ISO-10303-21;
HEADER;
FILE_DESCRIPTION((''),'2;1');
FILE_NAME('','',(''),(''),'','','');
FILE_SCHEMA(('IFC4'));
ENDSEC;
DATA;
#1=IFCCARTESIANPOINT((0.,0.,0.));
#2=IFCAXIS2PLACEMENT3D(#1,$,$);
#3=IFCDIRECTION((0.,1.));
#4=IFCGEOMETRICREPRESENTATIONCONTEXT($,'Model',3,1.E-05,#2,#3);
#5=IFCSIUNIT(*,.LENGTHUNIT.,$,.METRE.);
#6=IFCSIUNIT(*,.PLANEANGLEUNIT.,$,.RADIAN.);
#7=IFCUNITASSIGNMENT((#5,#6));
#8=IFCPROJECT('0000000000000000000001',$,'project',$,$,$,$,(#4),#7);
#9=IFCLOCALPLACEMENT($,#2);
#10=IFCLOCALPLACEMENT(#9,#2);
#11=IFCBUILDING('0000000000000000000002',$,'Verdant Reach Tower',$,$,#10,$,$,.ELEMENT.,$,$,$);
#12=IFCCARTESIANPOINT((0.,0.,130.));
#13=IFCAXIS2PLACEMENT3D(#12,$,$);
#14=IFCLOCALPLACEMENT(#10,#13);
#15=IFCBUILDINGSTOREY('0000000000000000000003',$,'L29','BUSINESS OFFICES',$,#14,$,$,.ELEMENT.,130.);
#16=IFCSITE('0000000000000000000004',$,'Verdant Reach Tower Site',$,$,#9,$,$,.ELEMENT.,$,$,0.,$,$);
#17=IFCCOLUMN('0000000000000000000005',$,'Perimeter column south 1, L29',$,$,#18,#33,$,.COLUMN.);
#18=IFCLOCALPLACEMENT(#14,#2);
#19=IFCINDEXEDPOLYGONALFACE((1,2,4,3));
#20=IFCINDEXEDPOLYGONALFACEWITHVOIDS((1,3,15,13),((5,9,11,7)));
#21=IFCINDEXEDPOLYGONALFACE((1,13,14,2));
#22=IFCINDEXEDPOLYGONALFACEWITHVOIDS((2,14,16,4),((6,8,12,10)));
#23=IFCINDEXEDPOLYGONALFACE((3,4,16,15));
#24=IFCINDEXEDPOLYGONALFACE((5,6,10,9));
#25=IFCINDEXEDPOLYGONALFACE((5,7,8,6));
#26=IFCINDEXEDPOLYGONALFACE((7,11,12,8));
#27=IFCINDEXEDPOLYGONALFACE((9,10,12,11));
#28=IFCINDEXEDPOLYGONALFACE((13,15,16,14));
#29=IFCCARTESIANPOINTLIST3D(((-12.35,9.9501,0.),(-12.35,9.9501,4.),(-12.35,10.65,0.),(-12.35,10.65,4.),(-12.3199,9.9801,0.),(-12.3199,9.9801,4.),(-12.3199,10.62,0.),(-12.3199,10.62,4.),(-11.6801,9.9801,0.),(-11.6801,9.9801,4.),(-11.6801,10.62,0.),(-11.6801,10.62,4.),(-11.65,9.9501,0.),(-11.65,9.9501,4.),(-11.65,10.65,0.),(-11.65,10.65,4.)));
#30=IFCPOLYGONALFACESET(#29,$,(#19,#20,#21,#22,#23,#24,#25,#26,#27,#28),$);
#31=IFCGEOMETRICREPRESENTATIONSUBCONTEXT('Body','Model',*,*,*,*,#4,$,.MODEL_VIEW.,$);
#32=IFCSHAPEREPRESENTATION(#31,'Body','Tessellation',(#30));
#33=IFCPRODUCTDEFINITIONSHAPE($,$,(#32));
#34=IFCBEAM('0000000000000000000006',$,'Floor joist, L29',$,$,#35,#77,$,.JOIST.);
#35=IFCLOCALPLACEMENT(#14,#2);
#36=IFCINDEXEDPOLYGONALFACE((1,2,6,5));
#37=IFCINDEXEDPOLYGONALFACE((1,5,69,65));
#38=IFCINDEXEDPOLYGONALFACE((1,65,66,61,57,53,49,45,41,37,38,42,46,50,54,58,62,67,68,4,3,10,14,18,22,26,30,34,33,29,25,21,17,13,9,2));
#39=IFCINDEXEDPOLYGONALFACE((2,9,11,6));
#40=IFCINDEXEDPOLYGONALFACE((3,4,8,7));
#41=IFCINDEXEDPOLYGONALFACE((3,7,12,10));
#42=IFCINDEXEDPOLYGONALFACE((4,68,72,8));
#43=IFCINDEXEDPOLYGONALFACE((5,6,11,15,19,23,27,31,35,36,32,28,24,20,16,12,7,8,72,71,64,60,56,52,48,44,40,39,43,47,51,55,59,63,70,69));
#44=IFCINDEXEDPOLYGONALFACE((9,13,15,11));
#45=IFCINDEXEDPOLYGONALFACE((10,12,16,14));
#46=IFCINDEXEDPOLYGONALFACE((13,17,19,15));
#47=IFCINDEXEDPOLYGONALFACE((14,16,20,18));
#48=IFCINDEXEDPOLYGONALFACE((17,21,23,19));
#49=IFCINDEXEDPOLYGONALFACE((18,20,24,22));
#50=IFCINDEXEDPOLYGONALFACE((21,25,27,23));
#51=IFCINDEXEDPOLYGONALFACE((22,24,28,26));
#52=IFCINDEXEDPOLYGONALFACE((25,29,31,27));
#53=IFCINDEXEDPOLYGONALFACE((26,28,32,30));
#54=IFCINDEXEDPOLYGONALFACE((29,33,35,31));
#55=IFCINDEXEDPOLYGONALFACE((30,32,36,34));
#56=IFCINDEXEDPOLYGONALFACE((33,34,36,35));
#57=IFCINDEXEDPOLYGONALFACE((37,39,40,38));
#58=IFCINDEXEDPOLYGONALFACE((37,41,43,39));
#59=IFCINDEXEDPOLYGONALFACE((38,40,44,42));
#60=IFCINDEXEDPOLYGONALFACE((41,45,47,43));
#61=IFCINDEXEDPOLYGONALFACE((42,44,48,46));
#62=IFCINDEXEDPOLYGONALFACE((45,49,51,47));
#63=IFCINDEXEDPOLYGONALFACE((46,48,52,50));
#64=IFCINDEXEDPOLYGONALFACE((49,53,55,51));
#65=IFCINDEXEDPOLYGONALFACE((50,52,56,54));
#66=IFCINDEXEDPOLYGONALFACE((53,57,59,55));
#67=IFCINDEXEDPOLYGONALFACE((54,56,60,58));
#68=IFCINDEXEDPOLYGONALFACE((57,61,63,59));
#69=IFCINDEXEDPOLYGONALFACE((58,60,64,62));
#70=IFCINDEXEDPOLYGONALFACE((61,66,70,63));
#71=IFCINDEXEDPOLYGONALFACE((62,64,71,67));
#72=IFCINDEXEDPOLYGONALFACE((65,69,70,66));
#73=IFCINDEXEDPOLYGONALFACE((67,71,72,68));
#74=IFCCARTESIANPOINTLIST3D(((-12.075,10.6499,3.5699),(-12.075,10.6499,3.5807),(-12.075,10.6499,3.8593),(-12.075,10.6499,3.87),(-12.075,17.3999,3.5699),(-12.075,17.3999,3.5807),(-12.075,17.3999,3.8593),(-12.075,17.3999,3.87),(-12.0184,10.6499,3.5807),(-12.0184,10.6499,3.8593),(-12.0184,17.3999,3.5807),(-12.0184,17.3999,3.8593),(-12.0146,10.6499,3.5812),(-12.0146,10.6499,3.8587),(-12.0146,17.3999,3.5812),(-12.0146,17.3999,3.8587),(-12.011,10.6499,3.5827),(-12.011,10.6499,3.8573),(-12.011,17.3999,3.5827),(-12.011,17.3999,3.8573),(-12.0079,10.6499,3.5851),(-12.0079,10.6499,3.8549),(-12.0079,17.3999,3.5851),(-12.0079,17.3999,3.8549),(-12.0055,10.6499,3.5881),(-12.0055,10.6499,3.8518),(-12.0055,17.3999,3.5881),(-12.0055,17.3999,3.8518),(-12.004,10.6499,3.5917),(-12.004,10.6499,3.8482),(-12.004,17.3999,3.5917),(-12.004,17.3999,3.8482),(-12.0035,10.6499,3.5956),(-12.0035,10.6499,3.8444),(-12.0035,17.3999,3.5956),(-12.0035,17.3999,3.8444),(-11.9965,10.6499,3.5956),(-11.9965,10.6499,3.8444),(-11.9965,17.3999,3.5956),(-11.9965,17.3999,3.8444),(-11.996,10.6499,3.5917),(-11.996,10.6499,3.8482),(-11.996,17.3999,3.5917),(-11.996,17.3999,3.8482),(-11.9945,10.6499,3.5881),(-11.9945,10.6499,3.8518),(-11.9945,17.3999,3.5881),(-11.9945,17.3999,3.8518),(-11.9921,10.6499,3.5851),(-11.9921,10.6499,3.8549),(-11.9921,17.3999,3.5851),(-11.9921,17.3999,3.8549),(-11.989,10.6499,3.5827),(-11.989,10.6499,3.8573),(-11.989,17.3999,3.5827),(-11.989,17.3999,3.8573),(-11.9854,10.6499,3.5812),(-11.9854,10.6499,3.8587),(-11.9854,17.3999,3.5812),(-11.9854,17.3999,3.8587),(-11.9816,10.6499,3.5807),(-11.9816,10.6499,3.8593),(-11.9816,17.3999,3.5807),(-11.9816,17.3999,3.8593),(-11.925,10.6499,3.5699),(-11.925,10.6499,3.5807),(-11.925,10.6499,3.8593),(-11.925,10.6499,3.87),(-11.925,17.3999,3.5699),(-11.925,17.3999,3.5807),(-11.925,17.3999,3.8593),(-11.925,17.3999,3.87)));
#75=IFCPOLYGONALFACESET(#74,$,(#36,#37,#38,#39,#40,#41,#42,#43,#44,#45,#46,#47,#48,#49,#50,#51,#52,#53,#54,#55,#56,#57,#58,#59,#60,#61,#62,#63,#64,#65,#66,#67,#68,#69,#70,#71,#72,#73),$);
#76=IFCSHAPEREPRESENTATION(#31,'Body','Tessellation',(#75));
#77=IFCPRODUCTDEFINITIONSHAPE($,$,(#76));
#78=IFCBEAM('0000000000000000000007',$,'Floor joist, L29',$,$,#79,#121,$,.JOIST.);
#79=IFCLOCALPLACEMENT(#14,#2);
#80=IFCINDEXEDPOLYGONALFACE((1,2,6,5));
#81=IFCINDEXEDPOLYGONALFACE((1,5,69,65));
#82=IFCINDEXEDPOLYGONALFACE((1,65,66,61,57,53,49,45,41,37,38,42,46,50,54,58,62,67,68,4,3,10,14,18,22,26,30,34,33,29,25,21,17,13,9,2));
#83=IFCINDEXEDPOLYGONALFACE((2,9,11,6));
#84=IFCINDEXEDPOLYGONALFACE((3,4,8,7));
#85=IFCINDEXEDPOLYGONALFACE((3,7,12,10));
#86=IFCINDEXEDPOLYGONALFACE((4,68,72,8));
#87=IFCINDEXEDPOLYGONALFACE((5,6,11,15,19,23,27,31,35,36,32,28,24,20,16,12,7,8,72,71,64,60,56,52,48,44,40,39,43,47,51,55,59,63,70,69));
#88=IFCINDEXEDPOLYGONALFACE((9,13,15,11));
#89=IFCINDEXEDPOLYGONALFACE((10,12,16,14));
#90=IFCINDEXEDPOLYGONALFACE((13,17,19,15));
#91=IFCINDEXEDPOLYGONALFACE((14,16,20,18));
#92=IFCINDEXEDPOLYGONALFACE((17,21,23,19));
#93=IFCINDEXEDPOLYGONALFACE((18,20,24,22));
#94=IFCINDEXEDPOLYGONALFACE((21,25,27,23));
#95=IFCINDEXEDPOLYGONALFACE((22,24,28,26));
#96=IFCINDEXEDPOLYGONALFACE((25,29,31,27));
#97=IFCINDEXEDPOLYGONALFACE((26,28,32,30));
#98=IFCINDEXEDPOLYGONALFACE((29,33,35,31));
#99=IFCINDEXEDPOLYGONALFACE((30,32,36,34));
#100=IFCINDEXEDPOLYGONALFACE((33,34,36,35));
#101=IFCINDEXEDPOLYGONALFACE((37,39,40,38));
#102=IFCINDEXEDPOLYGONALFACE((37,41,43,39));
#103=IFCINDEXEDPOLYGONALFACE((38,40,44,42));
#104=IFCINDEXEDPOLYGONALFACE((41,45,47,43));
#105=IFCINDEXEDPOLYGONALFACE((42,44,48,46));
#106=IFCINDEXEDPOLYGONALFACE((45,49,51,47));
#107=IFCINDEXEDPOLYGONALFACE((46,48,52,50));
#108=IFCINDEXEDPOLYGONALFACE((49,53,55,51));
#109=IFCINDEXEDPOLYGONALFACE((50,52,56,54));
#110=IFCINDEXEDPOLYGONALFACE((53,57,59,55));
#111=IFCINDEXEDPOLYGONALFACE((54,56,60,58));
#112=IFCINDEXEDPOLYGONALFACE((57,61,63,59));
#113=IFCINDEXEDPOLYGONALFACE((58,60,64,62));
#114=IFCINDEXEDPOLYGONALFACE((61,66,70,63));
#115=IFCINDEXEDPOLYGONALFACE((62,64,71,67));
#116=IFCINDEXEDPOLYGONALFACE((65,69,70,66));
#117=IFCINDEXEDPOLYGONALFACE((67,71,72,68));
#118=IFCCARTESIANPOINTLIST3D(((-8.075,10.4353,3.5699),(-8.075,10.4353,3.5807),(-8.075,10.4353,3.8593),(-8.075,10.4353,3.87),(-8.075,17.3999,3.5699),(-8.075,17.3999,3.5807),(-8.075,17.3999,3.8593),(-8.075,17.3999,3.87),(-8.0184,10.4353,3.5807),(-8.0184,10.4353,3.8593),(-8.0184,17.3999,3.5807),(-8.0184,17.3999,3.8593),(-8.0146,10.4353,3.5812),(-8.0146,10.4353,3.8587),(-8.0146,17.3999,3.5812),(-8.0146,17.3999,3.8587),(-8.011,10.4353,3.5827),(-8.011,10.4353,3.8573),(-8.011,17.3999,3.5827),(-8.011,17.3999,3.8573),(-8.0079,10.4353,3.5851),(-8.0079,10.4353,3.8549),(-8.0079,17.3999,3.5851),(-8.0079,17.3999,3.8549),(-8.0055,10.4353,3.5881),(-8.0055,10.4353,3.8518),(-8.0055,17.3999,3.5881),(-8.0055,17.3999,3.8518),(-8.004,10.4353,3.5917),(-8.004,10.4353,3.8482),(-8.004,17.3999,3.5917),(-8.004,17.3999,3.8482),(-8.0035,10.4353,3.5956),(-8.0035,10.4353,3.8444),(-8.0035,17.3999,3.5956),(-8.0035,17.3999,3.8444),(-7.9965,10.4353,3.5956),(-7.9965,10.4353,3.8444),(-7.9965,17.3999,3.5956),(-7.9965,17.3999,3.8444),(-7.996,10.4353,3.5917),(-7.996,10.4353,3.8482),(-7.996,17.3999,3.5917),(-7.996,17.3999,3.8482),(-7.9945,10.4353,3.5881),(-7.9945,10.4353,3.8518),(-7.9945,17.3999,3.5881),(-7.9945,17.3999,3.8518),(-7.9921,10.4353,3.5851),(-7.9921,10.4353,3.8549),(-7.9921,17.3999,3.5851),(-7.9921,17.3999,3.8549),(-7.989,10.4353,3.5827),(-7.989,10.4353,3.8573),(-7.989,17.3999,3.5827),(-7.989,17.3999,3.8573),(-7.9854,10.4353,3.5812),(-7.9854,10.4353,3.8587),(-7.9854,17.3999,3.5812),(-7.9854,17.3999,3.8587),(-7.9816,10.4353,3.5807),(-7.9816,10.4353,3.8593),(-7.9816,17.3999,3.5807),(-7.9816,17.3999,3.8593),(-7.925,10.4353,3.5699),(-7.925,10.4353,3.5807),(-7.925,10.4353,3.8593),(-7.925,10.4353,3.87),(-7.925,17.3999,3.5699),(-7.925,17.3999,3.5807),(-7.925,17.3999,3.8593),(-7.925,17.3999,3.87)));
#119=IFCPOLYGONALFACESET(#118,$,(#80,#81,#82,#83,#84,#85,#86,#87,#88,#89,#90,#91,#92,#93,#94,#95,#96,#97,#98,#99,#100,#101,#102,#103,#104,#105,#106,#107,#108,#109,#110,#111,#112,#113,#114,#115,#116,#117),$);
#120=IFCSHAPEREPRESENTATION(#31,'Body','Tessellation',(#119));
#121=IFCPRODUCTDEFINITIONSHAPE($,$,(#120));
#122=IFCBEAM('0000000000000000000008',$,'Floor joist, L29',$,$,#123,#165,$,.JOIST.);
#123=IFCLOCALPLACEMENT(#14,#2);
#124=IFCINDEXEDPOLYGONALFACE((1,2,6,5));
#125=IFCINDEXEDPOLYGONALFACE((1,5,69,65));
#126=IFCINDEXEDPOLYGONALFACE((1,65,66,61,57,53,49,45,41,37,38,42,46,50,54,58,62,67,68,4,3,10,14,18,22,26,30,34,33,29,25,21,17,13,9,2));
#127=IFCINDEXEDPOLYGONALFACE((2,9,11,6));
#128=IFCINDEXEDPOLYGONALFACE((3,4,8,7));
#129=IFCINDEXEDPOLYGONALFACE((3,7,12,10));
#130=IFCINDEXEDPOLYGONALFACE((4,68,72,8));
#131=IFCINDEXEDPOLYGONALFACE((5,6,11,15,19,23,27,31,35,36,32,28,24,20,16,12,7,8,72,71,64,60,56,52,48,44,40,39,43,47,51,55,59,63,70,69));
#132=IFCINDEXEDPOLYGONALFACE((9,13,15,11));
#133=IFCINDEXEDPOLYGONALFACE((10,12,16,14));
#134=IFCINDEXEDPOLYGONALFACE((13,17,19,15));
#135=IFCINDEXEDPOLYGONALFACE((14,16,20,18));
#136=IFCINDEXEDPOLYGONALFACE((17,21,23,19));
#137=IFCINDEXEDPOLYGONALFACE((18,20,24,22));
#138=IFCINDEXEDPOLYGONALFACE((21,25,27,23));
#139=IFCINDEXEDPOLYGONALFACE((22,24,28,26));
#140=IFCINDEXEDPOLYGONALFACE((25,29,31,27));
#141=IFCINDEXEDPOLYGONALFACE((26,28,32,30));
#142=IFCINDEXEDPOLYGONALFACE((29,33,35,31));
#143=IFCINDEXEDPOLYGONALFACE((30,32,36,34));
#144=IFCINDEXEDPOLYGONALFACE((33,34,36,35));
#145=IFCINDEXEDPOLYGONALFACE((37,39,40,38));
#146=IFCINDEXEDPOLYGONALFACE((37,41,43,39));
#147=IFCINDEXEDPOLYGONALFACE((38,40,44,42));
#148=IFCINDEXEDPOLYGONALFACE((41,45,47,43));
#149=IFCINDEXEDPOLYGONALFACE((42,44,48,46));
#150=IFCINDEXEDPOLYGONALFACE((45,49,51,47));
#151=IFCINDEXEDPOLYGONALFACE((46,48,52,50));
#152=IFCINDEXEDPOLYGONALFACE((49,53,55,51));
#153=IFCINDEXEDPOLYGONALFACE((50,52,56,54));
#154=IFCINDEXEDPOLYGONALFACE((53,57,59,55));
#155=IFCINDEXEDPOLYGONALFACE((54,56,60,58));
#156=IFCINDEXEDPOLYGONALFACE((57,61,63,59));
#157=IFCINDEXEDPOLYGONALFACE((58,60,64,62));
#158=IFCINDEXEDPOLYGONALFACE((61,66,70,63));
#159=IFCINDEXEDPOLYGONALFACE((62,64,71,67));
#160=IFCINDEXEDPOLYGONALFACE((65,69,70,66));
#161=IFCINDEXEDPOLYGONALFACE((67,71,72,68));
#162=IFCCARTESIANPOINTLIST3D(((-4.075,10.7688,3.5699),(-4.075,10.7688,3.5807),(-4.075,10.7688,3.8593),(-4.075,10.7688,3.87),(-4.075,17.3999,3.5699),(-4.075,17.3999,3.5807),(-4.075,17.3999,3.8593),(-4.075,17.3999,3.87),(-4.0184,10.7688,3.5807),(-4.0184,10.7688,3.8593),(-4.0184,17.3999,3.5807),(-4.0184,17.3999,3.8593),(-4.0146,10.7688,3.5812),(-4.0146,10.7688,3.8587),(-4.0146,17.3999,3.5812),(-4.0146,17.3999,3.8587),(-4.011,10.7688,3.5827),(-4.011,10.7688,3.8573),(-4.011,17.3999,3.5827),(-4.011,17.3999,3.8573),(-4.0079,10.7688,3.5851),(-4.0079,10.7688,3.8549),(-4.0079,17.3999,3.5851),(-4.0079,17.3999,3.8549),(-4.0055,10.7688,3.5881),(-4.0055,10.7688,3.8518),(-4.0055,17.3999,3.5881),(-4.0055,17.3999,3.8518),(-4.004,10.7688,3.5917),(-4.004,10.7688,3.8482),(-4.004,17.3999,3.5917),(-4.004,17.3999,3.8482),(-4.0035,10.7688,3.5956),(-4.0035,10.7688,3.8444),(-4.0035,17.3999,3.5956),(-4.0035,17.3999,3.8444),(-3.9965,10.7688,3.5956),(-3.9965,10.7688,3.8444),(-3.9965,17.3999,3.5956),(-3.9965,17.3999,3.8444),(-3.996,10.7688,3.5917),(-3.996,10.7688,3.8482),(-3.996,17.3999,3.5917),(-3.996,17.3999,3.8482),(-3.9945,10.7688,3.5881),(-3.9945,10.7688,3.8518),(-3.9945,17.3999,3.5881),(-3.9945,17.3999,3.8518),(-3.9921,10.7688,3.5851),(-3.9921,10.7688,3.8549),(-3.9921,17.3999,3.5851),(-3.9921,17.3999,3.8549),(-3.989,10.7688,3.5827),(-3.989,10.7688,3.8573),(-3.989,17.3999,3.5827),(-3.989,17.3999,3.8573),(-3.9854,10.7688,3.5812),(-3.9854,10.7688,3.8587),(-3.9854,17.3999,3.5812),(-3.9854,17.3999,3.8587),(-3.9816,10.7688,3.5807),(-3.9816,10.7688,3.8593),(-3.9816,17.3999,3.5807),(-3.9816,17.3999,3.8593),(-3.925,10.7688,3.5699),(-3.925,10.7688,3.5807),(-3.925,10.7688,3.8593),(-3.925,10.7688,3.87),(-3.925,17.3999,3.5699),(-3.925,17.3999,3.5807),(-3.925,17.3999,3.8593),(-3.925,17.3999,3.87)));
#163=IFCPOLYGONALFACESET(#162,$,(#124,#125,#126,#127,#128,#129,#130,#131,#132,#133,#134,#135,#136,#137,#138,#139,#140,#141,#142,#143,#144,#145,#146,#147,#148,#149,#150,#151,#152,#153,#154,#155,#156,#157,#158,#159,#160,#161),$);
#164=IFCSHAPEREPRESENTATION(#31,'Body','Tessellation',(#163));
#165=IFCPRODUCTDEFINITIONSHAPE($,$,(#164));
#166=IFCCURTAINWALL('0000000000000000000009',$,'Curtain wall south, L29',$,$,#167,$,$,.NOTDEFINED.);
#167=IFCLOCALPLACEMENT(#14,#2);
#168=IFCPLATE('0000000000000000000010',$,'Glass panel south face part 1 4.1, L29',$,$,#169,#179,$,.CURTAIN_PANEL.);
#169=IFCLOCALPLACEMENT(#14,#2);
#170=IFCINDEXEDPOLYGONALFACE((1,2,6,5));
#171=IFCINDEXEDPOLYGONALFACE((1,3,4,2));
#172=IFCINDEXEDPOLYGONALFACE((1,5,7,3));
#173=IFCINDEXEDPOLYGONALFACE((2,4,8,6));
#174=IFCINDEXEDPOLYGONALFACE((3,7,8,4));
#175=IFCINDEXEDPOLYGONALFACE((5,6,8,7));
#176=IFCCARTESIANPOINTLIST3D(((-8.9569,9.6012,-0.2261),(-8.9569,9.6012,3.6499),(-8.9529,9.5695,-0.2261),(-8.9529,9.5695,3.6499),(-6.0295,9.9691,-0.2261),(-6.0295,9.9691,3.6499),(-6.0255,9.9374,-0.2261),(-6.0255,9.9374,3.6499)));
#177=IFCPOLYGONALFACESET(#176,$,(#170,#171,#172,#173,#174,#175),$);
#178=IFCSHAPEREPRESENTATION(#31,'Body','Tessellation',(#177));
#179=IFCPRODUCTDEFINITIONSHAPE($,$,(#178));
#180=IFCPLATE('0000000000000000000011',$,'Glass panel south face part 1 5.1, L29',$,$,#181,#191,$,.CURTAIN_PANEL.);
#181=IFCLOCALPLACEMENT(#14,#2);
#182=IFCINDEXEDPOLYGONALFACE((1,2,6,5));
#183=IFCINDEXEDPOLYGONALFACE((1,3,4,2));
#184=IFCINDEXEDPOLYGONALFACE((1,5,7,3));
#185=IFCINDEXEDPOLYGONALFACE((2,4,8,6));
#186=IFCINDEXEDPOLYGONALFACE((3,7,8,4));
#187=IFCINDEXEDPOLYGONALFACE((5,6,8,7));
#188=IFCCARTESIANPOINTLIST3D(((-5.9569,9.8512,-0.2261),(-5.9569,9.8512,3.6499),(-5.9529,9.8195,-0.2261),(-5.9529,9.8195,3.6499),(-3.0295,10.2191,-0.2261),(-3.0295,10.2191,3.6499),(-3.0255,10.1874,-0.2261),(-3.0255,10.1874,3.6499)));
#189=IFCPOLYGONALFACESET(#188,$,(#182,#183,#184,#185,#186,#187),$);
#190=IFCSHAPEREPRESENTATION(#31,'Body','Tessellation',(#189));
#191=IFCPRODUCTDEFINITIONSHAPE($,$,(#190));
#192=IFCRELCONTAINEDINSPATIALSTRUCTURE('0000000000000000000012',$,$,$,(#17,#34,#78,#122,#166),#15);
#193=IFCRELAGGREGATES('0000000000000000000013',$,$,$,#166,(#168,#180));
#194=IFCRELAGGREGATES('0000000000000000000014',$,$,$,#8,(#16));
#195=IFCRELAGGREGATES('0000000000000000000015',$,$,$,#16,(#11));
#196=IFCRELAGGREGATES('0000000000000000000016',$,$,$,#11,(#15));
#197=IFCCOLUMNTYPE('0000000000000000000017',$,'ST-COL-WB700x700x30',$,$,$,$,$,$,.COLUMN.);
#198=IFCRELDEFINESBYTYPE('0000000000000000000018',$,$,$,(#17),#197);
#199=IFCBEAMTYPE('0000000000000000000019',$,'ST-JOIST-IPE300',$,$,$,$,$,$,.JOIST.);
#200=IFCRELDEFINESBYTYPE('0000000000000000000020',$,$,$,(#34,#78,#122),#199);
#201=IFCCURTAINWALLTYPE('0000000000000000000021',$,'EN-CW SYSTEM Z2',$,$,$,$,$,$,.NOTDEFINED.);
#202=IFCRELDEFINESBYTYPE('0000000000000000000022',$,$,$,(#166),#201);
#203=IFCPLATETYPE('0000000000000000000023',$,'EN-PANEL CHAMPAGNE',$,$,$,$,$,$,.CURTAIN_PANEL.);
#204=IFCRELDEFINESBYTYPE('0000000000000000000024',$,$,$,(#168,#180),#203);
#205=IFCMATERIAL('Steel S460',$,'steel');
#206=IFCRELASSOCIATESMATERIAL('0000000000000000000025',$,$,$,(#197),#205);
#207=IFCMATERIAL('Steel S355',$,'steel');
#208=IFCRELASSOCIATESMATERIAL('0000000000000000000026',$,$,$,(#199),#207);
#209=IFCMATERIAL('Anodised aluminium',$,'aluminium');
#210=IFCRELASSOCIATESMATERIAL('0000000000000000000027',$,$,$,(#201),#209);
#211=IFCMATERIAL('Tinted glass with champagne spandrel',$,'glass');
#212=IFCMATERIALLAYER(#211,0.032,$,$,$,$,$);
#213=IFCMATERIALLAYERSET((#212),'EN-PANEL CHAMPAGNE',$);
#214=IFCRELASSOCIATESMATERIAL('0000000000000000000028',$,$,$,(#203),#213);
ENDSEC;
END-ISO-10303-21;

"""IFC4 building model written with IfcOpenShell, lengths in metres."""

from ifc_helpers import new_model, si_unit, direction, frame, origin, origin_2d, place, context, subcontext, project, spatial, rectangle, hollow_rectangle, i_section, extrude, material, layer, layer_set, material_profile, profile_set, type_object, element, aggregate, save


model = new_model("IFC4")

# Units and contexts
model_context = context("Model", 3, precision=1e-05, world=origin(), true_north=direction((0.0, 1.0)))
body_context = subcontext(model_context, "Body", "Model", "MODEL_VIEW")
ifc_project = project(units=[si_unit("LENGTHUNIT", "METRE"), si_unit("PLANEANGLEUNIT", "RADIAN")], contexts=[model_context])

# Site, building, storey
site_placement = place(None, origin())
site = spatial("IfcSite", under=ifc_project, at=site_placement, Name="Verdant Reach Tower Site", CompositionType="ELEMENT", RefElevation=0.0)
building_placement = place(site_placement, origin())
building = spatial("IfcBuilding", under=site, at=building_placement, Name="Verdant Reach Tower", CompositionType="ELEMENT")
storey_placement = place(building_placement, frame((0.0, 0.0, 130.0)))
storey = spatial("IfcBuildingStorey", under=building, at=storey_placement, Name="L29", Description="BUSINESS OFFICES", CompositionType="ELEMENT", Elevation=130.0)

# Column
ifc_material_1 = material(Name="Steel S460", Category="steel")
ifc_material_profile_1 = material_profile(ifc_material_1, hollow_rectangle(XDim=0.7, YDim=0.7, WallThickness=0.03, at=origin_2d()), Name="WB 700x700x30")
ifc_profile_set_1 = profile_set([ifc_material_profile_1], Name="Steel S460")
column_type = type_object("IfcColumnType", Name="ST-COL-WB700x700x30", PredefinedType="COLUMN", material=ifc_profile_set_1)
column_placement = place(storey_placement, frame((-12.0, 10.3, 0.0), z_axis=(0.0, 0.0, 1.0), x_axis=(1.0, 0.0, 0.0)))
element("IfcColumn", 1, at=column_placement, inside=storey, type_object=column_type, Name="Perimeter column south 1, L29", PredefinedType="COLUMN", context=body_context, shape_type="SweptSolid", body=[
    extrude(hollow_rectangle(XDim=0.7, YDim=0.7, WallThickness=0.03, at=origin_2d()), origin(), (0.0, 0.0, 1.0), 4.0),
])

# Beams
ifc_material_2 = material(Name="Steel S355", Category="steel")
ifc_material_profile_2 = material_profile(ifc_material_2, i_section(OverallWidth=0.1499, OverallDepth=0.3, WebThickness=0.0071, FlangeThickness=0.0107, FilletRadius=0.0149, at=origin_2d()), Name="IPE 300")
ifc_profile_set_2 = profile_set([ifc_material_profile_2], Name="Steel S355")
beam_type = type_object("IfcBeamType", Name="ST-JOIST-IPE300", PredefinedType="JOIST", material=ifc_profile_set_2)
beam_1_placement = place(storey_placement, frame((-12.0, 17.3999, 3.72), z_axis=(0.0, -1.0, 0.0), x_axis=(1.0, 0.0, 0.0)))
element("IfcBeam", 2, at=beam_1_placement, inside=storey, type_object=beam_type, Name="Floor joist, L29", PredefinedType="JOIST", context=body_context, shape_type="SweptSolid", body=[
    extrude(i_section(OverallWidth=0.1499, OverallDepth=0.3, WebThickness=0.0071, FlangeThickness=0.0107, FilletRadius=0.0149, at=origin_2d()), origin(), (0.0, 0.0, 1.0), 6.75),
])
beam_2_placement = place(storey_placement, frame((-8.0, 17.3999, 3.72), z_axis=(0.0, -1.0, 0.0), x_axis=(1.0, 0.0, 0.0)))
element("IfcBeam", 3, at=beam_2_placement, inside=storey, type_object=beam_type, Name="Floor joist, L29", PredefinedType="JOIST", context=body_context, shape_type="SweptSolid", body=[
    extrude(i_section(OverallWidth=0.1499, OverallDepth=0.3, WebThickness=0.0071, FlangeThickness=0.0107, FilletRadius=0.0149, at=origin_2d()), origin(), (0.0, 0.0, 1.0), 6.9646),
])
beam_3_placement = place(storey_placement, frame((-4.0, 17.3999, 3.72), z_axis=(0.0, -1.0, 0.0), x_axis=(1.0, 0.0, 0.0)))
element("IfcBeam", 4, at=beam_3_placement, inside=storey, type_object=beam_type, Name="Floor joist, L29", PredefinedType="JOIST", context=body_context, shape_type="SweptSolid", body=[
    extrude(i_section(OverallWidth=0.1499, OverallDepth=0.3, WebThickness=0.0071, FlangeThickness=0.0107, FilletRadius=0.0149, at=origin_2d()), origin(), (0.0, 0.0, 1.0), 6.6311),
])

# Curtain wall, plates
ifc_material_3 = material(Name="Anodised aluminium", Category="aluminium")
curtain_wall_type = type_object("IfcCurtainWallType", Name="EN-CW SYSTEM Z2", PredefinedType="NOTDEFINED", material=ifc_material_3)
curtain_wall_placement = place(storey_placement, origin())
curtain_wall = element("IfcCurtainWall", 5, at=curtain_wall_placement, inside=storey, type_object=curtain_wall_type, Name="Curtain wall south, L29", PredefinedType="NOTDEFINED")
ifc_material_4 = material(Name="Tinted glass with champagne spandrel", Category="glass")
ifc_layer_1 = layer(ifc_material_4, 0.032)
ifc_layer_set_1 = layer_set([ifc_layer_1], Name="EN-PANEL CHAMPAGNE")
plate_type_1 = type_object("IfcPlateType", Name="EN-PANEL CHAMPAGNE", PredefinedType="CURTAIN_PANEL", material=ifc_layer_set_1)
plate_1_placement = place(storey_placement, frame((-7.4912, 9.7693, -0.2261), z_axis=(0.0, 0.0, 1.0), x_axis=(0.992194, 0.124704, 0.0)))
plate_1 = element("IfcPlate", 6, at=plate_1_placement, type_object=plate_type_1, Name="Glass panel south face part 1 4.1, L29", PredefinedType="CURTAIN_PANEL", context=body_context, shape_type="SweptSolid", body=[
    extrude(rectangle(XDim=2.9504, YDim=0.032, at=origin_2d()), origin(), (0.0, 0.0, 1.0), 3.876),
])
plate_2_placement = place(storey_placement, frame((-4.4912, 10.0193, -0.2261), z_axis=(0.0, 0.0, 1.0), x_axis=(0.992194, 0.124704, 0.0)))
plate_2 = element("IfcPlate", 7, at=plate_2_placement, type_object=plate_type_1, Name="Glass panel south face part 1 5.1, L29", PredefinedType="CURTAIN_PANEL", context=body_context, shape_type="SweptSolid", body=[
    extrude(rectangle(XDim=2.9504, YDim=0.032, at=origin_2d()), origin(), (0.0, 0.0, 1.0), 3.876),
])
aggregate(curtain_wall, [plate_1, plate_2])

save(model, "model.ifc")
